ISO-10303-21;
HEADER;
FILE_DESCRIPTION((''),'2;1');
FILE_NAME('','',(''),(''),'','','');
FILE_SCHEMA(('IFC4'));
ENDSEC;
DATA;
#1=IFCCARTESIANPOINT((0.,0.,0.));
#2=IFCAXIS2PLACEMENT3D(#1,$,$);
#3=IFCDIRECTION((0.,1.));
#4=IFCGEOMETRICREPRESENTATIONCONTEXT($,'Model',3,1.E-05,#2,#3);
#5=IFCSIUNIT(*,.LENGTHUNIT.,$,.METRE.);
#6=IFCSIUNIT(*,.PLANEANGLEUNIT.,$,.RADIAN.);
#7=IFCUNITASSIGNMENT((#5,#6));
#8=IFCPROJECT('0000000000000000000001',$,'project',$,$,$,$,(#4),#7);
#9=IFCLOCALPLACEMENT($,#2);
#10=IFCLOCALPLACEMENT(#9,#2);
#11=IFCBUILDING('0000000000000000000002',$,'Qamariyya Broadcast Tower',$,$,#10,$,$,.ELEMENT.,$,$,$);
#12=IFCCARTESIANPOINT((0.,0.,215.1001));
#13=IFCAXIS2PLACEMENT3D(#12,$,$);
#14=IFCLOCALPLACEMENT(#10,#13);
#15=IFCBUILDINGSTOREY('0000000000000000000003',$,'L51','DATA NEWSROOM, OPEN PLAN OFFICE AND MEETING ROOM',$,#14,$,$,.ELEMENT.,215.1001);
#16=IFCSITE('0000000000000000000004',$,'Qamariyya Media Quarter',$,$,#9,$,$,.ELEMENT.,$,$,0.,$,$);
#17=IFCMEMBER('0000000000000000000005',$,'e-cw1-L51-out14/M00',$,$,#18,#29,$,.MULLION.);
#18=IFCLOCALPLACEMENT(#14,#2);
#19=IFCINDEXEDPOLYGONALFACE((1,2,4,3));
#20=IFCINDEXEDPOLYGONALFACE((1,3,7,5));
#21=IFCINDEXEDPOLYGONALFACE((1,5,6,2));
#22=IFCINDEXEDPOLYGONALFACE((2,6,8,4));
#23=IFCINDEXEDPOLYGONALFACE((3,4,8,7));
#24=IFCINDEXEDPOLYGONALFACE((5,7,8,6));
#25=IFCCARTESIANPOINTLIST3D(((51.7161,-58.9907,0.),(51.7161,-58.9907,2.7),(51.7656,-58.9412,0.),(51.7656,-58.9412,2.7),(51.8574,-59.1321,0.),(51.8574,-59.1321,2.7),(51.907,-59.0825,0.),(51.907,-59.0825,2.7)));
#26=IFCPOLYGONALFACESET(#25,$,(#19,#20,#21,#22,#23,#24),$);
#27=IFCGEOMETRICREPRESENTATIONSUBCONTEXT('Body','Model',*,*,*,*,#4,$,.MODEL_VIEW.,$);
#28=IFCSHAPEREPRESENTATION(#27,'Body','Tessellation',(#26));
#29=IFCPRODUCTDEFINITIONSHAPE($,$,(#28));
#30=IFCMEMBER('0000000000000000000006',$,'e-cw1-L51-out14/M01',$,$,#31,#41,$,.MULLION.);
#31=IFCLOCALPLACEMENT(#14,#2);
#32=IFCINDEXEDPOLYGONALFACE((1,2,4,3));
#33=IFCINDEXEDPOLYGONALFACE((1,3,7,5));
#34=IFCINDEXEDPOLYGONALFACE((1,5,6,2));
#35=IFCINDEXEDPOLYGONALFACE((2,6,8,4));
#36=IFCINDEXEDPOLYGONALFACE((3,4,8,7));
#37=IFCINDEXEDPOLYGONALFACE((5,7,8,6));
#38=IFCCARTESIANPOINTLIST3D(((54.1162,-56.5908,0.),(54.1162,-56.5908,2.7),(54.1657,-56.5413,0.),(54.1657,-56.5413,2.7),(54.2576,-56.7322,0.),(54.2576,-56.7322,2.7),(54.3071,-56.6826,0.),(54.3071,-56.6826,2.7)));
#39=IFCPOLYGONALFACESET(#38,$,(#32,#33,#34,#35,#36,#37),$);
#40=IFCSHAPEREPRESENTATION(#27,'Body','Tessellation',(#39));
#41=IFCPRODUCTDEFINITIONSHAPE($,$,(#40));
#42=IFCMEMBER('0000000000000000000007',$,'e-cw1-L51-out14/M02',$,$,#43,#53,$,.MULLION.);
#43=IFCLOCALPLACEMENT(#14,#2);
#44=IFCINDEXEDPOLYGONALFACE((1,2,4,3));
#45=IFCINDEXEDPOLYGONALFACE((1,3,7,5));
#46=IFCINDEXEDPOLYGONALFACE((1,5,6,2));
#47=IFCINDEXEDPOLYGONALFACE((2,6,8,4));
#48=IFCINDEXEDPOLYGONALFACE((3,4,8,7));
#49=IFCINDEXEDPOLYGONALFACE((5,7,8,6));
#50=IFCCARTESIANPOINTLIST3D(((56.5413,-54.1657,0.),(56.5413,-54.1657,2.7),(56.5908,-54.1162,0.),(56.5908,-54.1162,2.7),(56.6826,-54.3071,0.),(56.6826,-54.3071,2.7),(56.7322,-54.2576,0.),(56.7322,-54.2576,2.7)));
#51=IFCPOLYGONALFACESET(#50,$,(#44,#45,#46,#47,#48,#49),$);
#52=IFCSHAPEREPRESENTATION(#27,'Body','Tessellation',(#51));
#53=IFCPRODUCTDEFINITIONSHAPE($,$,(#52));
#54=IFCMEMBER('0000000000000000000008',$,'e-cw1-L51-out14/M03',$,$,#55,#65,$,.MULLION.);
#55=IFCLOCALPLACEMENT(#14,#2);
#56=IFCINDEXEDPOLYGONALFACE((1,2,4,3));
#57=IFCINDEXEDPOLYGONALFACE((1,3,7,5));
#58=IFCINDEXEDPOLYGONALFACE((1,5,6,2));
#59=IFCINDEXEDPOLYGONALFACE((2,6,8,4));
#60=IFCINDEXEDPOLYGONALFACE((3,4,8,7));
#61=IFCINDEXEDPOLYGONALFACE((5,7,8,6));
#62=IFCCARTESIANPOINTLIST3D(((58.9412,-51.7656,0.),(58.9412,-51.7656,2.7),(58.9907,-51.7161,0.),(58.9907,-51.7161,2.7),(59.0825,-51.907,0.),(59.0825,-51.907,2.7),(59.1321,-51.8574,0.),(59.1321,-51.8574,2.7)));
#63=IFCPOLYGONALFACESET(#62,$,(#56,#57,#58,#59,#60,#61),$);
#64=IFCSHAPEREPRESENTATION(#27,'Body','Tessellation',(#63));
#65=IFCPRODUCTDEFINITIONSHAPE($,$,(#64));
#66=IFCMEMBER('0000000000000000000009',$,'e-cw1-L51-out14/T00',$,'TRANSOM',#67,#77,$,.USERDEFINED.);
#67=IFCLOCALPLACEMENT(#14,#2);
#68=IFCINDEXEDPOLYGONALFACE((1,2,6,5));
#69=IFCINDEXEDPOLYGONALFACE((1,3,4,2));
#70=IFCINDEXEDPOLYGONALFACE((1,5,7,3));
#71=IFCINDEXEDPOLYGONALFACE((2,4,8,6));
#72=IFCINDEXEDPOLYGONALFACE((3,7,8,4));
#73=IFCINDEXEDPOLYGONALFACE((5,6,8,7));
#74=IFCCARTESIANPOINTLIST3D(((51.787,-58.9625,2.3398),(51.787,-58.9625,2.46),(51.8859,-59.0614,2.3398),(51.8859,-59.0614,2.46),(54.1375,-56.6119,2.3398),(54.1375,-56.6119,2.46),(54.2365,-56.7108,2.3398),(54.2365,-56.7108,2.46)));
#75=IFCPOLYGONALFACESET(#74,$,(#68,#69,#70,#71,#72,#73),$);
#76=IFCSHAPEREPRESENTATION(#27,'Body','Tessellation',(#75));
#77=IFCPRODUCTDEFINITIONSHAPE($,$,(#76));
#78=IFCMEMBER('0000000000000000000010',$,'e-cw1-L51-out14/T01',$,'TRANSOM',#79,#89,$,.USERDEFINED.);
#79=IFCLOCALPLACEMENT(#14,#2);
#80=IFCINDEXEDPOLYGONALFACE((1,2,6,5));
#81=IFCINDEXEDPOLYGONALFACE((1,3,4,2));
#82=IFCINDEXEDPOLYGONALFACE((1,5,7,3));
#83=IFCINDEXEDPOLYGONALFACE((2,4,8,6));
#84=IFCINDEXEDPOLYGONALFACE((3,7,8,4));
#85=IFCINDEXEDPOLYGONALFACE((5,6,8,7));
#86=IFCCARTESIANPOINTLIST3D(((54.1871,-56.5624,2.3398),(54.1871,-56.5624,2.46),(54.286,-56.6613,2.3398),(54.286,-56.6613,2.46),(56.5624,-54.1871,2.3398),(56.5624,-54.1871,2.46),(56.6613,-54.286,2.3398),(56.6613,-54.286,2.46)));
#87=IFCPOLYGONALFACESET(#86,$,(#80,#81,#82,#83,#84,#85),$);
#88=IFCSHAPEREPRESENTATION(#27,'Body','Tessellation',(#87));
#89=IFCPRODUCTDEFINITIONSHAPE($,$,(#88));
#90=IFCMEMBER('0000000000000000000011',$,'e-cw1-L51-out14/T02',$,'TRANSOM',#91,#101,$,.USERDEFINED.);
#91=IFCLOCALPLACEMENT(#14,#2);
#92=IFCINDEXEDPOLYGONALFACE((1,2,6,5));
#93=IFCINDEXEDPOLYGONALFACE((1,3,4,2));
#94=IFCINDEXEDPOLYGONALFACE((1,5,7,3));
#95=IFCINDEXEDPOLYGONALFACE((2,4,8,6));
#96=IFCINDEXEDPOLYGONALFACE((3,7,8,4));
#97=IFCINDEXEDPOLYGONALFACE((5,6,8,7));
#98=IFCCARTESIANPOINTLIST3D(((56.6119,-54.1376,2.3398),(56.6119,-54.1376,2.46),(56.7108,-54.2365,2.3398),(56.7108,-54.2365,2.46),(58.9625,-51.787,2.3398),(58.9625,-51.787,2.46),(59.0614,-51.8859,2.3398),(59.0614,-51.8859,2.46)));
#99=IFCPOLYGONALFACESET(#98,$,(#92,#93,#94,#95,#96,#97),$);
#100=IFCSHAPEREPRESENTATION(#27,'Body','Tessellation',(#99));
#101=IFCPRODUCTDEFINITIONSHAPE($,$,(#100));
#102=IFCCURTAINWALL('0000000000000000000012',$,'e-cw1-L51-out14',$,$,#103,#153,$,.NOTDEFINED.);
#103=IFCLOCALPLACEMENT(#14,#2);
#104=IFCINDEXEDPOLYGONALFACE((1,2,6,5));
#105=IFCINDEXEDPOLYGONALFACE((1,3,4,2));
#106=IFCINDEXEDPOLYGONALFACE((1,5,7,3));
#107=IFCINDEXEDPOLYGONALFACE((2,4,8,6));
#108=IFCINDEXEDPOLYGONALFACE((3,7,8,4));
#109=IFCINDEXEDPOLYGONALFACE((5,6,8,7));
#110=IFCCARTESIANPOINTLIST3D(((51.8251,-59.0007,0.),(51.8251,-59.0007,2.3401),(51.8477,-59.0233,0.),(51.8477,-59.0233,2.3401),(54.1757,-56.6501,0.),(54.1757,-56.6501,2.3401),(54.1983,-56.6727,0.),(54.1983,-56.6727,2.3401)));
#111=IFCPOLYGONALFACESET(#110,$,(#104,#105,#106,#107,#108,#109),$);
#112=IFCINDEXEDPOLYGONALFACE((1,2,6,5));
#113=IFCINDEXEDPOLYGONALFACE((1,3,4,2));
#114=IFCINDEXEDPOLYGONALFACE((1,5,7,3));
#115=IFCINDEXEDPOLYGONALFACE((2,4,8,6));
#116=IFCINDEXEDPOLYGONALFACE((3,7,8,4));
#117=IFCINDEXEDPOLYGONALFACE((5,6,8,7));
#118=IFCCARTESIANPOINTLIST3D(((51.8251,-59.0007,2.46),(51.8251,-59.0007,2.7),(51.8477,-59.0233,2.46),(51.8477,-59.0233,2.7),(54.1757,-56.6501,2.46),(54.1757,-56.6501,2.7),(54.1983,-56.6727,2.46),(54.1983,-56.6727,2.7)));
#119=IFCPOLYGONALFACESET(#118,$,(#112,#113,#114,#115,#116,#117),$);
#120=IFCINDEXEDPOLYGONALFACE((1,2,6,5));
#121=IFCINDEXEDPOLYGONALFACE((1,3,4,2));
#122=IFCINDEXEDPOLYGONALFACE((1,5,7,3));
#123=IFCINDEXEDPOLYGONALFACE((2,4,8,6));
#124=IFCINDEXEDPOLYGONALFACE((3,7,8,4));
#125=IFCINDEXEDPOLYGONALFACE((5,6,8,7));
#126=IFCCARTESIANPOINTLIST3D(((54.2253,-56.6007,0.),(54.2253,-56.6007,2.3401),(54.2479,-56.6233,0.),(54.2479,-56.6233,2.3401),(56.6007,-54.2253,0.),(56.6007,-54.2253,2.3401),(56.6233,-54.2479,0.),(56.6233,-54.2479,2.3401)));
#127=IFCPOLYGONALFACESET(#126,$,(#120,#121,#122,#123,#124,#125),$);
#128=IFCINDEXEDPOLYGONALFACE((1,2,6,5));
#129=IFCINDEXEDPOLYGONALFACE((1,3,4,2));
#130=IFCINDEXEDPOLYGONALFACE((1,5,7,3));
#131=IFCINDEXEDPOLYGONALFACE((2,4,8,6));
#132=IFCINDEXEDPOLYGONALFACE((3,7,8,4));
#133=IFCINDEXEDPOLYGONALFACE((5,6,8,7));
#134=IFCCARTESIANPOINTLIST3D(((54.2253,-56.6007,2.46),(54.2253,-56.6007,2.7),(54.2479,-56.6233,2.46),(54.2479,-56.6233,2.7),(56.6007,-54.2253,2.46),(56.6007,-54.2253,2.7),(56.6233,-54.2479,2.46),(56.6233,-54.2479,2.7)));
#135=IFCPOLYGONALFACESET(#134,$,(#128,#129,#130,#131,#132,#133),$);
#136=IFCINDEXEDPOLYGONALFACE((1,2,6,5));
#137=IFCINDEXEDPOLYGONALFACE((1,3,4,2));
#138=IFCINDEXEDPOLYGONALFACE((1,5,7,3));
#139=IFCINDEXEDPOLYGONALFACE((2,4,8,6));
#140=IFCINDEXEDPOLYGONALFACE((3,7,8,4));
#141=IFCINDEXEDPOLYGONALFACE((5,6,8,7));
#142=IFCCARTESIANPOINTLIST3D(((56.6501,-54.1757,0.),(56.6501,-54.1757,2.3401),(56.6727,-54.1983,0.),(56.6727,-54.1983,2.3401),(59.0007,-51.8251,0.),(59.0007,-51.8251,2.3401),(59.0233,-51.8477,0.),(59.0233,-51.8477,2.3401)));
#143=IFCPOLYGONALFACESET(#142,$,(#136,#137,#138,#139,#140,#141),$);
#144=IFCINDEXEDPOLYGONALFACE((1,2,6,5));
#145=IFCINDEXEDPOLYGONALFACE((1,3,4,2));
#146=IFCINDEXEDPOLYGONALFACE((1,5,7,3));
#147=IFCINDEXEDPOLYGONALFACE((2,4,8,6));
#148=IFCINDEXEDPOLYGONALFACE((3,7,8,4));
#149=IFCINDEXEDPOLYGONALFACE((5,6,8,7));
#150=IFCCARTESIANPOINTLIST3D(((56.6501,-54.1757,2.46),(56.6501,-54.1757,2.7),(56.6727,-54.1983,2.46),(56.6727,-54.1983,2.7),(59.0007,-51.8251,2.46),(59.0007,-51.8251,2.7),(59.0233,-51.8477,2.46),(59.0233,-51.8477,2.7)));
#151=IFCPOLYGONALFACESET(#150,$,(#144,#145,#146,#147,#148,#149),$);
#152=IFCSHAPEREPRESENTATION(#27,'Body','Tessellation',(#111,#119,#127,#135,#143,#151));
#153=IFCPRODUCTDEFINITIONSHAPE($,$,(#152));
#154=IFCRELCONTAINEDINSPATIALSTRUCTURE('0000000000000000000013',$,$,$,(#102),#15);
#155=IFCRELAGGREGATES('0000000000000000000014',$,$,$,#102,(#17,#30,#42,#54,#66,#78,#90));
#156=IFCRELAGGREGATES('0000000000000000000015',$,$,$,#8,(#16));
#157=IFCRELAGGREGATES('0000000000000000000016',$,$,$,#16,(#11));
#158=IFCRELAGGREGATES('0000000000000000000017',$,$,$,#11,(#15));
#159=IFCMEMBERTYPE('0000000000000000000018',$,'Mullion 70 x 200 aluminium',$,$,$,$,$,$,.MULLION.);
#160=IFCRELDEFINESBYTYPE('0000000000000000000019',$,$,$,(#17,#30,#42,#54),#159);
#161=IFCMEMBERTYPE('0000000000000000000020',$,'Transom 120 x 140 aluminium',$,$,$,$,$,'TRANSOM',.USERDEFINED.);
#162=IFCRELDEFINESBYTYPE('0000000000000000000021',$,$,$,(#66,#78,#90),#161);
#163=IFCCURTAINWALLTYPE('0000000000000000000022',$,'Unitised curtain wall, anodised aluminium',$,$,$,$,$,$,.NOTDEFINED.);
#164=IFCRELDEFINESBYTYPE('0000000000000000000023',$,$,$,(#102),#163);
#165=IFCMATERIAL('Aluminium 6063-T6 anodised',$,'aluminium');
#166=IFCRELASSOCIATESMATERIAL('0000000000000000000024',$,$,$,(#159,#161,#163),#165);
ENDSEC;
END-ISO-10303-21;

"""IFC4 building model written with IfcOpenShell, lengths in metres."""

from ifc_helpers import new_model, si_unit, direction, frame, origin, origin_2d, place, context, subcontext, project, spatial, rectangle, extrude, material, material_profile, profile_set, type_object, element, aggregate, save


model = new_model("IFC4")

# Units and contexts
model_context = context("Model", 3, precision=1e-05, world=origin(), true_north=direction((0.0, 1.0)))
body_context = subcontext(model_context, "Body", "Model", "MODEL_VIEW")
ifc_project = project(units=[si_unit("LENGTHUNIT", "METRE"), si_unit("PLANEANGLEUNIT", "RADIAN")], contexts=[model_context])

# Members
ifc_material_1 = material(Name="Aluminium 6063-T6 anodised", Category="aluminium")
ifc_material_profile_1 = material_profile(ifc_material_1, rectangle(XDim=0.2, YDim=0.0701, at=origin_2d()))
ifc_profile_set_1 = profile_set([ifc_material_profile_1], Name="Aluminium 6063-T6 anodised")
member_type_1 = type_object("IfcMemberType", Name="Mullion 70 x 200 aluminium", PredefinedType="MULLION", material=ifc_profile_set_1)
site_placement = place(None, origin())
building_placement = place(site_placement, origin())
storey_placement = place(building_placement, frame((0.0, 0.0, 215.1001)))
member_1_placement = place(storey_placement, frame((51.8115, -59.0366, 0.0), z_axis=(0.0, 0.0, 1.0), x_axis=(-0.707107, 0.707107, 0.0)))
member_1 = element("IfcMember", 1, at=member_1_placement, type_object=member_type_1, Name="e-cw1-L51-out14/M00", PredefinedType="MULLION", context=body_context, shape_type="SweptSolid", body=[
    extrude(rectangle(XDim=0.2, YDim=0.0701, at=origin_2d()), origin(), (0.0, 0.0, 1.0), 2.7),
])
member_2_placement = place(storey_placement, frame((54.2117, -56.6367, 0.0), z_axis=(0.0, 0.0, 1.0), x_axis=(-0.707107, 0.707107, 0.0)))
member_2 = element("IfcMember", 2, at=member_2_placement, type_object=member_type_1, Name="e-cw1-L51-out14/M01", PredefinedType="MULLION", context=body_context, shape_type="SweptSolid", body=[
    extrude(rectangle(XDim=0.2, YDim=0.0701, at=origin_2d()), origin(), (0.0, 0.0, 1.0), 2.7),
])
member_3_placement = place(storey_placement, frame((56.6367, -54.2117, 0.0), z_axis=(0.0, 0.0, 1.0), x_axis=(-0.707107, 0.707107, 0.0)))
member_3 = element("IfcMember", 3, at=member_3_placement, type_object=member_type_1, Name="e-cw1-L51-out14/M02", PredefinedType="MULLION", context=body_context, shape_type="SweptSolid", body=[
    extrude(rectangle(XDim=0.2, YDim=0.0701, at=origin_2d()), origin(), (0.0, 0.0, 1.0), 2.7),
])
member_4_placement = place(storey_placement, frame((59.0366, -51.8115, 0.0), z_axis=(0.0, 0.0, 1.0), x_axis=(-0.707107, 0.707107, 0.0)))
member_4 = element("IfcMember", 4, at=member_4_placement, type_object=member_type_1, Name="e-cw1-L51-out14/M03", PredefinedType="MULLION", context=body_context, shape_type="SweptSolid", body=[
    extrude(rectangle(XDim=0.2, YDim=0.0701, at=origin_2d()), origin(), (0.0, 0.0, 1.0), 2.7),
])
ifc_material_profile_2 = material_profile(ifc_material_1, rectangle(XDim=0.1399, YDim=0.1201, at=origin_2d()))
ifc_profile_set_2 = profile_set([ifc_material_profile_2], Name="Aluminium 6063-T6 anodised")
member_type_2 = type_object("IfcMemberType", Name="Transom 120 x 140 aluminium", ElementType="TRANSOM", PredefinedType="USERDEFINED", material=ifc_profile_set_2)
member_5_placement = place(storey_placement, frame((51.8364, -59.012, 2.3999), z_axis=(0.707107, 0.707107, 0.0), x_axis=(-0.707107, 0.707107, 0.0)))
member_5 = element("IfcMember", 5, at=member_5_placement, type_object=member_type_2, Name="e-cw1-L51-out14/T00", ObjectType="TRANSOM", PredefinedType="USERDEFINED", context=body_context, shape_type="SweptSolid", body=[
    extrude(rectangle(XDim=0.1399, YDim=0.1201, at=origin_2d()), origin(), (0.0, 0.0, 1.0), 3.3242),
])
member_6_placement = place(storey_placement, frame((54.2366, -56.6118, 2.3999), z_axis=(0.707107, 0.707107, 0.0), x_axis=(-0.707107, 0.707107, 0.0)))
member_6 = element("IfcMember", 6, at=member_6_placement, type_object=member_type_2, Name="e-cw1-L51-out14/T01", ObjectType="TRANSOM", PredefinedType="USERDEFINED", context=body_context, shape_type="SweptSolid", body=[
    extrude(rectangle(XDim=0.1399, YDim=0.1201, at=origin_2d()), origin(), (0.0, 0.0, 1.0), 3.3591),
])
member_7_placement = place(storey_placement, frame((56.6614, -54.187, 2.3999), z_axis=(0.707107, 0.707107, 0.0), x_axis=(-0.707107, 0.707107, 0.0)))
member_7 = element("IfcMember", 7, at=member_7_placement, type_object=member_type_2, Name="e-cw1-L51-out14/T02", ObjectType="TRANSOM", PredefinedType="USERDEFINED", context=body_context, shape_type="SweptSolid", body=[
    extrude(rectangle(XDim=0.1399, YDim=0.1201, at=origin_2d()), origin(), (0.0, 0.0, 1.0), 3.3242),
])

# Site, building, storey
site = spatial("IfcSite", under=ifc_project, at=site_placement, Name="Qamariyya Media Quarter", CompositionType="ELEMENT", RefElevation=0.0)
building = spatial("IfcBuilding", under=site, at=building_placement, Name="Qamariyya Broadcast Tower", CompositionType="ELEMENT")
storey = spatial("IfcBuildingStorey", under=building, at=storey_placement, Name="L51", Description="DATA NEWSROOM, OPEN PLAN OFFICE AND MEETING ROOM", CompositionType="ELEMENT", Elevation=215.1001)

# Curtain wall
curtain_wall_type = type_object("IfcCurtainWallType", Name="Unitised curtain wall, anodised aluminium", PredefinedType="NOTDEFINED", material=ifc_material_1)
curtain_wall_1_placement = place(storey_placement, origin())
curtain_wall_1 = element("IfcCurtainWall", 8, at=curtain_wall_1_placement, inside=storey, type_object=curtain_wall_type, Name="e-cw1-L51-out14", PredefinedType="NOTDEFINED", context=body_context, shape_type="SweptSolid", body=[
    extrude(rectangle(XDim=3.3242, YDim=0.032, at=origin_2d()), frame((53.0117, -57.8367, 0.0), x_axis=(0.707107, 0.707107, 0.0)), (0.0, 0.0, 1.0), 2.3401),
    extrude(rectangle(XDim=3.3242, YDim=0.032, at=origin_2d()), frame((53.0117, -57.8367, 2.46), x_axis=(0.707107, 0.707107, 0.0)), (0.0, 0.0, 1.0), 0.24),
    extrude(rectangle(XDim=3.3594, YDim=0.032, at=origin_2d()), frame((55.4243, -55.4243, 0.0), x_axis=(0.707107, 0.707107, 0.0)), (0.0, 0.0, 1.0), 2.3401),
    extrude(rectangle(XDim=3.3594, YDim=0.032, at=origin_2d()), frame((55.4243, -55.4243, 2.46), x_axis=(0.707107, 0.707107, 0.0)), (0.0, 0.0, 1.0), 0.24),
    extrude(rectangle(XDim=3.3242, YDim=0.032, at=origin_2d()), frame((57.8367, -53.0117, 0.0), x_axis=(0.707107, 0.707107, 0.0)), (0.0, 0.0, 1.0), 2.3401),
    extrude(rectangle(XDim=3.3242, YDim=0.032, at=origin_2d()), frame((57.8367, -53.0117, 2.46), x_axis=(0.707107, 0.707107, 0.0)), (0.0, 0.0, 1.0), 0.24),
])
aggregate(curtain_wall_1, [member_1, member_2, member_3, member_4, member_5, member_6, member_7])

save(model, "model.ifc")
